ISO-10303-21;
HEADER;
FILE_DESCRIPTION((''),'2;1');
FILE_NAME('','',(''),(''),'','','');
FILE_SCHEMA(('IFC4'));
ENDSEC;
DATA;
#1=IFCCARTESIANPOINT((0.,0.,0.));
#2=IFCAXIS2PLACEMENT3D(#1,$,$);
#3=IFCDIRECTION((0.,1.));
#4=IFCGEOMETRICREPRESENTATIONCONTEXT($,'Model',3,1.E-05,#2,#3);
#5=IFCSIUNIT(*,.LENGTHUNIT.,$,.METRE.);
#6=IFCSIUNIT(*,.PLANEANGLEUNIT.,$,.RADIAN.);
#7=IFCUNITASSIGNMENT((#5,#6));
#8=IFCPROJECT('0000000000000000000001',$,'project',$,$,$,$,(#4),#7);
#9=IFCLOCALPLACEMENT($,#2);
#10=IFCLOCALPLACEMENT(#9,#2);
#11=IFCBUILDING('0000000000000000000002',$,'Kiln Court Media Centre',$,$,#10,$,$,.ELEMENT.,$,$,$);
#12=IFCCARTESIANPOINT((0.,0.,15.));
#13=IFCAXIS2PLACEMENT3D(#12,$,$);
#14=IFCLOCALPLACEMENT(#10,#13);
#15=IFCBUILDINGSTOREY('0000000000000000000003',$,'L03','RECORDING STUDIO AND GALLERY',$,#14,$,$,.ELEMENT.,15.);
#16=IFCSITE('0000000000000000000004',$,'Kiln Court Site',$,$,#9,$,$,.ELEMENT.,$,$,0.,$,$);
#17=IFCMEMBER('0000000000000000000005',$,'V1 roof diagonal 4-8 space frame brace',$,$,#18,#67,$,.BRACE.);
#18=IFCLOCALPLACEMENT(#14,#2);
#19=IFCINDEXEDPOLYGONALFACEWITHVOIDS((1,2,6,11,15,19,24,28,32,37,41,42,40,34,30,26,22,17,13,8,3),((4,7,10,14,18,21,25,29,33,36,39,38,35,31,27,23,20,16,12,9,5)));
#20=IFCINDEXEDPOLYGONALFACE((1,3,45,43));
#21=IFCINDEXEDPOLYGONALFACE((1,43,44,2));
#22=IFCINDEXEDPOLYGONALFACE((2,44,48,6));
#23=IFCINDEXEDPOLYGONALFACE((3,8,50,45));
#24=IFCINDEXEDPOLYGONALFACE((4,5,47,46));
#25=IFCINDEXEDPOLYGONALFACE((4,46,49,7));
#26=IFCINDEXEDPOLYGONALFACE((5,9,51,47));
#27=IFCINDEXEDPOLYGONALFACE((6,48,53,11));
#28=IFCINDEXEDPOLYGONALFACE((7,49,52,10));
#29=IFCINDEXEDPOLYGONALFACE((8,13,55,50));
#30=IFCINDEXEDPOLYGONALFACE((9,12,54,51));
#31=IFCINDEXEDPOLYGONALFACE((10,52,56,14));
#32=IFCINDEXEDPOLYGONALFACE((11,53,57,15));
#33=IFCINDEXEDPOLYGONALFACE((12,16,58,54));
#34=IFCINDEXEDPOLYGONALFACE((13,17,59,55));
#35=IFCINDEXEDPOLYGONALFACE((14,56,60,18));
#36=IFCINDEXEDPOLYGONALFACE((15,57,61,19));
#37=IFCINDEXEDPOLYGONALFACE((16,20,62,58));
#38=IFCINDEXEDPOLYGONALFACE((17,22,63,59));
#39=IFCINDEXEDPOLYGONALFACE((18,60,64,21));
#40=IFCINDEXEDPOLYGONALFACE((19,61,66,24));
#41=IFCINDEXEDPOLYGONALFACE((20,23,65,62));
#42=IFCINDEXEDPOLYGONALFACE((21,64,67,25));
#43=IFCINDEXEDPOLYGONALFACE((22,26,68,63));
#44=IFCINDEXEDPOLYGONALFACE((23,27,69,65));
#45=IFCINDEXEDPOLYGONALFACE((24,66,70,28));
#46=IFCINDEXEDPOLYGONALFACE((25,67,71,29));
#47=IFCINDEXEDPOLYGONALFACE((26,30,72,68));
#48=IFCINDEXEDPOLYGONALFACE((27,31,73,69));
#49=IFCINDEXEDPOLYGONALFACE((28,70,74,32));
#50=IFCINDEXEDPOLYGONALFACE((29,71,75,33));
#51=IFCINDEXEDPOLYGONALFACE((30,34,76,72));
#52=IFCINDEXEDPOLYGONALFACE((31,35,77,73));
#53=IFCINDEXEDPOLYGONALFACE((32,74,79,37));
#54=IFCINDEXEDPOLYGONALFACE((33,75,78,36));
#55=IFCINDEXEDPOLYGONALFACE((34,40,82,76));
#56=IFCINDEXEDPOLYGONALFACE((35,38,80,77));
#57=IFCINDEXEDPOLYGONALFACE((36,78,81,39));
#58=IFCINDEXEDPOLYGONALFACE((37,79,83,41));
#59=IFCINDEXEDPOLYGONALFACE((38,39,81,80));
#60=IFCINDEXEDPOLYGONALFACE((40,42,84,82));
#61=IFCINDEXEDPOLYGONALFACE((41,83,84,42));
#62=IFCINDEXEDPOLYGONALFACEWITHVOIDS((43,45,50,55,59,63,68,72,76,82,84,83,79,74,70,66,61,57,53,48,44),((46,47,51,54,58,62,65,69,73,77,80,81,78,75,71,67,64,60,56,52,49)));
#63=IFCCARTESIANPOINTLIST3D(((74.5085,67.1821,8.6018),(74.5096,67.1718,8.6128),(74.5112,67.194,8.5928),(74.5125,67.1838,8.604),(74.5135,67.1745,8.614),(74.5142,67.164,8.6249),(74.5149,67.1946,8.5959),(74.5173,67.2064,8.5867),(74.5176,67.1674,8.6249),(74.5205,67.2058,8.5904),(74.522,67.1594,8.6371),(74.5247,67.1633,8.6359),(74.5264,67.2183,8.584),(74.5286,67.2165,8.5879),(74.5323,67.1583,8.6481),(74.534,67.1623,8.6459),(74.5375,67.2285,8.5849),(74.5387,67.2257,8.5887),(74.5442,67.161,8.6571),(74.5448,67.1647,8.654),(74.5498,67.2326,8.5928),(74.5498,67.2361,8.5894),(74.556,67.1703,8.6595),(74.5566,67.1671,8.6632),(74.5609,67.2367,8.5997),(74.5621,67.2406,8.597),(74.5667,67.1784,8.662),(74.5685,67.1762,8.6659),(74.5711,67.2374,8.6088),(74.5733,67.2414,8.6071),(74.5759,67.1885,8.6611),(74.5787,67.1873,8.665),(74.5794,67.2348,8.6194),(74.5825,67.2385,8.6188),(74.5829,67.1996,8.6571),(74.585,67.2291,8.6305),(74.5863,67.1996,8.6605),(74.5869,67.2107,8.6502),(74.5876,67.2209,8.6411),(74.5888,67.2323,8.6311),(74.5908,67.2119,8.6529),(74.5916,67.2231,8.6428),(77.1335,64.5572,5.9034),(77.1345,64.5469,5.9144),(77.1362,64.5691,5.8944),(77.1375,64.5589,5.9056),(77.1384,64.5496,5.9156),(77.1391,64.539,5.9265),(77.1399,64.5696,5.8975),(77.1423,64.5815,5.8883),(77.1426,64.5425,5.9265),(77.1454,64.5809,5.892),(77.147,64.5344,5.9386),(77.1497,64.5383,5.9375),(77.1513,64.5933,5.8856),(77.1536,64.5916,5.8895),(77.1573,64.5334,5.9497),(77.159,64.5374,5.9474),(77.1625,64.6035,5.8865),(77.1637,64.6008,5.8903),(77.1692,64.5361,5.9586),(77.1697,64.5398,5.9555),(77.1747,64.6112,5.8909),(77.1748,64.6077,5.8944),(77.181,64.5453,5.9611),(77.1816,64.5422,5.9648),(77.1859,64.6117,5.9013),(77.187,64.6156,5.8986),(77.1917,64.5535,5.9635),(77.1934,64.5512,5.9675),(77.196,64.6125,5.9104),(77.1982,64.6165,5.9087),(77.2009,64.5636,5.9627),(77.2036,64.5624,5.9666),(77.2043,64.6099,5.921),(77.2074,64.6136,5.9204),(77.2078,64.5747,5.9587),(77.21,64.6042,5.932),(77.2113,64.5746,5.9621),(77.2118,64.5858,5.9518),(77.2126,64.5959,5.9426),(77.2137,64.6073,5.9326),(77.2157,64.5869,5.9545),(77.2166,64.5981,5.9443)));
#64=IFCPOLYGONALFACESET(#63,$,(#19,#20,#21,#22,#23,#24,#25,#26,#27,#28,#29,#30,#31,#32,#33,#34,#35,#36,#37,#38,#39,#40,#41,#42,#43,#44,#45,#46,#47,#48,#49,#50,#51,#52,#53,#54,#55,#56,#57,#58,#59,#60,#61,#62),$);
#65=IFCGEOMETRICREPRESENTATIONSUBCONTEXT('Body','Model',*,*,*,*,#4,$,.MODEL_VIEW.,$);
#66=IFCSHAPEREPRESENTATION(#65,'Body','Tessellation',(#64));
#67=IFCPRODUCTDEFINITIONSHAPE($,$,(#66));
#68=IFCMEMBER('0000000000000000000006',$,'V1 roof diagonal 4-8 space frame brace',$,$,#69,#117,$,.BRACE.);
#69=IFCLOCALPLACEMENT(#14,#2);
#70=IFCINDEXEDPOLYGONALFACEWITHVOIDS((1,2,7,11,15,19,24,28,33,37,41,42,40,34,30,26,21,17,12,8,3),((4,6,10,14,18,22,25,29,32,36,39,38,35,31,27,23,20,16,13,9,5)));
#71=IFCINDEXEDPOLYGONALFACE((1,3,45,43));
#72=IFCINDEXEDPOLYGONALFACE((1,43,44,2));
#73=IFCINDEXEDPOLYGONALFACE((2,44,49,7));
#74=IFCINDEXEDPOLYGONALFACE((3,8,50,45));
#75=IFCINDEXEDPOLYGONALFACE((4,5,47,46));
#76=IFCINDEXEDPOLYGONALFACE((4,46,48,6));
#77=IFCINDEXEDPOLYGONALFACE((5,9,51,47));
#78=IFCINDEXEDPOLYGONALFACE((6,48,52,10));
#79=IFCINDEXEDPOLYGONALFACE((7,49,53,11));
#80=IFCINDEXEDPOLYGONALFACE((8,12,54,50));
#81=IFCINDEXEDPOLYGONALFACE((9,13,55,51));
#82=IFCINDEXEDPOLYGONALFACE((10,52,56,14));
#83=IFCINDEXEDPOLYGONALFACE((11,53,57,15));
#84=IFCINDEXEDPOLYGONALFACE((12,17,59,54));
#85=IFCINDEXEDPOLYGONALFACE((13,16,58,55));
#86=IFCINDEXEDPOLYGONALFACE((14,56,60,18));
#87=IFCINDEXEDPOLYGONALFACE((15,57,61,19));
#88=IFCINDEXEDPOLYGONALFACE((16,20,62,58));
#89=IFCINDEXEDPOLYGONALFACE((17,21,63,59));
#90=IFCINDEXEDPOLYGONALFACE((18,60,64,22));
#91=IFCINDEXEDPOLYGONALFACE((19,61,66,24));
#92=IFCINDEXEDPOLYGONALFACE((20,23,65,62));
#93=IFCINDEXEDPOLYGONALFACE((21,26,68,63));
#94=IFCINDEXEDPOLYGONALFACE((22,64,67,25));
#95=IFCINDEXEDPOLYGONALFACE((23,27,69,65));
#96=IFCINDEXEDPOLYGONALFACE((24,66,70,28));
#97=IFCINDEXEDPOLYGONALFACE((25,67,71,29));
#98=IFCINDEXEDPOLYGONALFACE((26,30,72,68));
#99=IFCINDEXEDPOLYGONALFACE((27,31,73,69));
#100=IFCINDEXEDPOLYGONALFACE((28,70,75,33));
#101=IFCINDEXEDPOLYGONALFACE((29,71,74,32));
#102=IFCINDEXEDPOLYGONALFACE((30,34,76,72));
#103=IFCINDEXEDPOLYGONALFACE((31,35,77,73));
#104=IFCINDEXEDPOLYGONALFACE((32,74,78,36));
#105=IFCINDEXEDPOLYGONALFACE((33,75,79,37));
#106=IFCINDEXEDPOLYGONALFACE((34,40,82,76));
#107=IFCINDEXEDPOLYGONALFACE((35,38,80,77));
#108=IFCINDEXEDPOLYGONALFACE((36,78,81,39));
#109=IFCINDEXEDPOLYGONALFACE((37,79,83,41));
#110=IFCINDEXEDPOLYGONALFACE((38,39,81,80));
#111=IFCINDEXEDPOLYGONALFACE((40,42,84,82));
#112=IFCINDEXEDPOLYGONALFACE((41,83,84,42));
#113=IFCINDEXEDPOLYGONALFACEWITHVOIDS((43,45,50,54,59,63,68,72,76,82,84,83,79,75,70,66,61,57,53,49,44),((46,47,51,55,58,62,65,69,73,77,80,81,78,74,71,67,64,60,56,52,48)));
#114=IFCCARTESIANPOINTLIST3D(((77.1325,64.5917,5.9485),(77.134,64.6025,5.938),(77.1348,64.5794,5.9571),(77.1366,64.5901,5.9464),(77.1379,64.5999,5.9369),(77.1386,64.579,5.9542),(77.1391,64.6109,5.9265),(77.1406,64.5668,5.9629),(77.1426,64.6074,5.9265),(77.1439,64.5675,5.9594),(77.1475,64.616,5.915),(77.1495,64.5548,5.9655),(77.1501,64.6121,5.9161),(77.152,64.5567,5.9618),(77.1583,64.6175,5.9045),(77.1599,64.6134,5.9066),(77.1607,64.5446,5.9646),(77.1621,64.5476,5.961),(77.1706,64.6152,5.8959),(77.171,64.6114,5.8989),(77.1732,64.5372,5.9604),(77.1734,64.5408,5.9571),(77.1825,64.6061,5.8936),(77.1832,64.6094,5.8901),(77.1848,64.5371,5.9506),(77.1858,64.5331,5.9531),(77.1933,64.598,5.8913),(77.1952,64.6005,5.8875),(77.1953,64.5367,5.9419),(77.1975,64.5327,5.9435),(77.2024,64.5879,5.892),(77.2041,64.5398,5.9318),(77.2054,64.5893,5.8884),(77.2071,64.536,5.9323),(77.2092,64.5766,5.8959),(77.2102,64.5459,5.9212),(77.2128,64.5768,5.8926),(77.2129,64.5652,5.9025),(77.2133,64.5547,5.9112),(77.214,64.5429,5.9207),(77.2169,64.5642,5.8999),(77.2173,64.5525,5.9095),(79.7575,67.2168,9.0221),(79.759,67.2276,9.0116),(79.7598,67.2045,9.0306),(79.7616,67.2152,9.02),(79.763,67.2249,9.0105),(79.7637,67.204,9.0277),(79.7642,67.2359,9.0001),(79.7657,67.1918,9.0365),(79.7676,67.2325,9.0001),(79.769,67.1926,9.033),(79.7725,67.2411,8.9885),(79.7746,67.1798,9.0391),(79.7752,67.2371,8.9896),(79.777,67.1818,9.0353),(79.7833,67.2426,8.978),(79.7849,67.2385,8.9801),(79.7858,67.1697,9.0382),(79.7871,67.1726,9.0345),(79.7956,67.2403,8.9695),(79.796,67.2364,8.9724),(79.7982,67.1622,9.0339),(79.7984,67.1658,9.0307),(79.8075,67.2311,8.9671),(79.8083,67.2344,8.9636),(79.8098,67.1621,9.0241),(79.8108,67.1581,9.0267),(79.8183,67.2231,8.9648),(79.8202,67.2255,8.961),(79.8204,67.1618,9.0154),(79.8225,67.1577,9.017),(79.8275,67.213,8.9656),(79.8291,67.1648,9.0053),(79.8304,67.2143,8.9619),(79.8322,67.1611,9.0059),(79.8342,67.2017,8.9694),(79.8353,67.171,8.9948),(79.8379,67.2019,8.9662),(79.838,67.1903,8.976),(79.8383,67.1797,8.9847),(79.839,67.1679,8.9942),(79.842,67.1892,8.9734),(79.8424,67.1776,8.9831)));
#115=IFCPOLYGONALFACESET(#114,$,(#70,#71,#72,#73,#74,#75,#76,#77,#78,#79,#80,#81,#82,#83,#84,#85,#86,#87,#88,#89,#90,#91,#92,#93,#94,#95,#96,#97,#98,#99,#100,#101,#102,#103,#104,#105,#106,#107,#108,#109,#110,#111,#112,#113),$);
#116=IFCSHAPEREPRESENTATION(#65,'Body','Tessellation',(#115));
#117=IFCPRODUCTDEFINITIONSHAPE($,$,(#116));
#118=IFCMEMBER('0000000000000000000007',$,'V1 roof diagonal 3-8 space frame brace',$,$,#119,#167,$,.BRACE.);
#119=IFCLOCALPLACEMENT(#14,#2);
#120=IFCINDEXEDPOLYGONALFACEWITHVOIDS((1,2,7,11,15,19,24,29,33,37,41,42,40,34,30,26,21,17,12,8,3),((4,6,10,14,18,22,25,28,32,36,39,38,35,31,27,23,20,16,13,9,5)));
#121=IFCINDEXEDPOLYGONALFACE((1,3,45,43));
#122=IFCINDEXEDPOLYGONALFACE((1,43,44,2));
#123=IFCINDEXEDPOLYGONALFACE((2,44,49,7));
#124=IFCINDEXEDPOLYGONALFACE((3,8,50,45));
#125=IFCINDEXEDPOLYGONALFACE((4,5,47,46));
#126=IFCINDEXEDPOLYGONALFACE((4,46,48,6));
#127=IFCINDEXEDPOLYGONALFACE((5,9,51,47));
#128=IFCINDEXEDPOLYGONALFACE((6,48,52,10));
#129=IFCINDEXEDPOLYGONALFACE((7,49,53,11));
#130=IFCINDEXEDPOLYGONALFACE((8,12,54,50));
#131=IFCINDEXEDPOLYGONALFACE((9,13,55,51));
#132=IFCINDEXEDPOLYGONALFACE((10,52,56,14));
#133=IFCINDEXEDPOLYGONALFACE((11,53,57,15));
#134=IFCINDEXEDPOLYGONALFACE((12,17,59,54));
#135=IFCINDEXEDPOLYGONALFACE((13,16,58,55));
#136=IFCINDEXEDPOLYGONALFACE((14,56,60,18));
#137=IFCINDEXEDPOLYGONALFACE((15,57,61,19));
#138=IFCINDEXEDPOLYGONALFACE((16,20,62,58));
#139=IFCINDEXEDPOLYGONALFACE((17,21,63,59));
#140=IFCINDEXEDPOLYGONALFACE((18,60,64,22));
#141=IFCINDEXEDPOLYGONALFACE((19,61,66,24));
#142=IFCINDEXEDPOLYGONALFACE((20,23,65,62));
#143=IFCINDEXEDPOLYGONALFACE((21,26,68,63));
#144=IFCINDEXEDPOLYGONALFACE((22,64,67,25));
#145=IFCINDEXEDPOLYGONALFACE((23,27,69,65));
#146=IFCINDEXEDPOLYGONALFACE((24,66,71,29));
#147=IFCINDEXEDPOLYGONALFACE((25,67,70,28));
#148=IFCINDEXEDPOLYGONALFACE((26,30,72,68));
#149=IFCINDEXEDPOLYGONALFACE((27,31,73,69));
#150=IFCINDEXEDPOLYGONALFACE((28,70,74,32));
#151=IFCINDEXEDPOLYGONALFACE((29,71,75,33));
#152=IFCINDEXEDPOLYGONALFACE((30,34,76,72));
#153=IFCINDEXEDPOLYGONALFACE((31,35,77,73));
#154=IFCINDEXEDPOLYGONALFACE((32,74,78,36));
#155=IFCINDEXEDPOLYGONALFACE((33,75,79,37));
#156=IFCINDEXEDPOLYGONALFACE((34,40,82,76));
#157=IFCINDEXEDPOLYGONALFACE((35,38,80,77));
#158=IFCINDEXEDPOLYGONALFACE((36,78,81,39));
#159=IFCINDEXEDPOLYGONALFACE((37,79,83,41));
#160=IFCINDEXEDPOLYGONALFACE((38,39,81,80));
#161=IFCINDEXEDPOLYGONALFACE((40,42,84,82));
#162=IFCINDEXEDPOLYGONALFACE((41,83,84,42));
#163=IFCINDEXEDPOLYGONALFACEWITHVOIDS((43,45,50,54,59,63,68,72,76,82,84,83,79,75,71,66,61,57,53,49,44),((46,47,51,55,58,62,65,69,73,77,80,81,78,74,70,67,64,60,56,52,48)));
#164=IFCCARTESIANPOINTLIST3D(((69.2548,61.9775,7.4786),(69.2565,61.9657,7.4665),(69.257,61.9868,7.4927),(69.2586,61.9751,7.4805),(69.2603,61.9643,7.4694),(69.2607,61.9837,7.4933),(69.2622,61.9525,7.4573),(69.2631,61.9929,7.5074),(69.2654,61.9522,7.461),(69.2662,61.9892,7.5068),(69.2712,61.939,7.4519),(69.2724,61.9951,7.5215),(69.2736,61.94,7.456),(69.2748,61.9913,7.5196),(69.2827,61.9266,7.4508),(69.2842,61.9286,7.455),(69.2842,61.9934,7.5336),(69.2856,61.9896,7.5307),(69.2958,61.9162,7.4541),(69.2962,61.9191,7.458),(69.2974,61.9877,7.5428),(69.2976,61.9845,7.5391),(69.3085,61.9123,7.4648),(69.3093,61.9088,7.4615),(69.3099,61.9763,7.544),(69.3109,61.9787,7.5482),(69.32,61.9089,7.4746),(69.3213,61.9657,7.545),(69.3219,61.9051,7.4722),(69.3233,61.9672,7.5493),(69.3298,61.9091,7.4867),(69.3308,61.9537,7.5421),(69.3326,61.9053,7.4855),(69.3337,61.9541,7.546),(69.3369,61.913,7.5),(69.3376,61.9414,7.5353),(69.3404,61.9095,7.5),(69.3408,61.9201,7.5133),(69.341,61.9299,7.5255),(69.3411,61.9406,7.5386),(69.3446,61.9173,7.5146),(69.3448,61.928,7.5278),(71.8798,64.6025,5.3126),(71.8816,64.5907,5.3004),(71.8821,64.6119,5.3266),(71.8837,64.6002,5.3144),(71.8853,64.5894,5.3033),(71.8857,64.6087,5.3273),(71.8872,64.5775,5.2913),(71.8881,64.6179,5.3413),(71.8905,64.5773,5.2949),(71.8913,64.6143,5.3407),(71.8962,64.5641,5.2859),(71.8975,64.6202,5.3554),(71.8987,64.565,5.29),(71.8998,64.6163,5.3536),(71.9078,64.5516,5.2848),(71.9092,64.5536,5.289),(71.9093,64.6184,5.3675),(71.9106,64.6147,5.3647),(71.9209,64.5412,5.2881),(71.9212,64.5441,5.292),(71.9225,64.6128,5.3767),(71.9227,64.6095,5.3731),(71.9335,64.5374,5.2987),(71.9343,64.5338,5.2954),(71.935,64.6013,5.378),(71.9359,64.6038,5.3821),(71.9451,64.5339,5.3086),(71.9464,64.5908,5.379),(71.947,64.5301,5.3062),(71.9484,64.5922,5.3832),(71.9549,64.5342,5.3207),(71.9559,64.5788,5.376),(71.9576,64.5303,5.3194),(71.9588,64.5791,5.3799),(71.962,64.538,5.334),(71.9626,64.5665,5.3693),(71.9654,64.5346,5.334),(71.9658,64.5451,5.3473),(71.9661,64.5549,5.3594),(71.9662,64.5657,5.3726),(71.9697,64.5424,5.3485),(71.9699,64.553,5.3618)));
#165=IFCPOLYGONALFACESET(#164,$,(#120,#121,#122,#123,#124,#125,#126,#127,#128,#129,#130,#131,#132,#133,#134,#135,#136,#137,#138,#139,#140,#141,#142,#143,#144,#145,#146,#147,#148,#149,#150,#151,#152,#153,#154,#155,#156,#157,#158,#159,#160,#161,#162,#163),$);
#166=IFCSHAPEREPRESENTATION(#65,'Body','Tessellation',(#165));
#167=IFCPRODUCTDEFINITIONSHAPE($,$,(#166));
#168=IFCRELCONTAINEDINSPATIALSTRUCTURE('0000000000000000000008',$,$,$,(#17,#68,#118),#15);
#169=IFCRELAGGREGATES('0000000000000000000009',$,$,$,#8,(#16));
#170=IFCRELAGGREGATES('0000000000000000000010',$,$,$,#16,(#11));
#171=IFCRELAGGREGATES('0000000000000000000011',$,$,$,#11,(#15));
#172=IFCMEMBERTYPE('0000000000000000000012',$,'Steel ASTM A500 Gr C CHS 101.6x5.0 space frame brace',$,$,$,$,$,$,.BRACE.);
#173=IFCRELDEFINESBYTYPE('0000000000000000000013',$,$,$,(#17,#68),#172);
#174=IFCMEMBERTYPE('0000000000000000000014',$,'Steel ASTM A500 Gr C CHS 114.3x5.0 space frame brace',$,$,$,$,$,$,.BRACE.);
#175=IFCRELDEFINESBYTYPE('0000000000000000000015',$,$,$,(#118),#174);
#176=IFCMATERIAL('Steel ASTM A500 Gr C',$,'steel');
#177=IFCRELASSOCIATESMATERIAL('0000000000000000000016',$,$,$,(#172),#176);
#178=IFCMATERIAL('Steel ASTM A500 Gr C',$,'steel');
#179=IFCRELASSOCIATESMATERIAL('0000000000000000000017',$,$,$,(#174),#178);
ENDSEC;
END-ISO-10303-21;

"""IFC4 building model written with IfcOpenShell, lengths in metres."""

from ifc_helpers import new_model, si_unit, direction, frame, origin, origin_2d, place, context, subcontext, project, spatial, hollow_circle, extrude, material, material_profile, profile_set, type_object, element, save


model = new_model("IFC4")

# Units and contexts
model_context = context("Model", 3, precision=1e-05, world=origin(), true_north=direction((0.0, 1.0)))
body_context = subcontext(model_context, "Body", "Model", "MODEL_VIEW")
ifc_project = project(units=[si_unit("LENGTHUNIT", "METRE"), si_unit("PLANEANGLEUNIT", "RADIAN")], contexts=[model_context])

# Site, building, storey
site_placement = place(None, origin())
site = spatial("IfcSite", under=ifc_project, at=site_placement, Name="Kiln Court Site", CompositionType="ELEMENT", RefElevation=0.0)
building_placement = place(site_placement, origin())
building = spatial("IfcBuilding", under=site, at=building_placement, Name="Kiln Court Media Centre", CompositionType="ELEMENT")
storey_placement = place(building_placement, frame((0.0, 0.0, 15.0)))
storey = spatial("IfcBuildingStorey", under=building, at=storey_placement, Name="L03", Description="RECORDING STUDIO AND GALLERY", CompositionType="ELEMENT", Elevation=15.0)

# Members
ifc_material_1 = material(Name="Steel ASTM A500 Gr C", Category="steel")
ifc_material_profile_1 = material_profile(ifc_material_1, hollow_circle(Radius=0.0508, WallThickness=0.0049, at=origin_2d()), Name="CHS 101.6x5.0")
ifc_profile_set_1 = profile_set([ifc_material_profile_1], Name="Steel ASTM A500 Gr C")
member_type_1 = type_object("IfcMemberType", Name="Steel ASTM A500 Gr C CHS 101.6x5.0 space frame brace", PredefinedType="BRACE", material=ifc_profile_set_1)
member_1_placement = place(storey_placement, frame((77.175, 64.575, 5.9265), z_axis=(-0.571964, 0.571964, 0.587976), x_axis=(-0.707107, -0.707107, 0.0)))
element("IfcMember", 1, at=member_1_placement, inside=storey, type_object=member_type_1, Name="V1 roof diagonal 4-8 space frame brace", PredefinedType="BRACE", context=body_context, shape_type="SweptSolid", body=[
    extrude(hollow_circle(Radius=0.0508, WallThickness=0.0049, at=origin_2d()), origin(), (0.0, 0.0, 1.0), 4.5894),
])
member_2_placement = place(storey_placement, frame((77.175, 64.575, 5.9265), z_axis=(0.544662, 0.544662, 0.637719), x_axis=(-0.707107, 0.707107, 0.0)))
element("IfcMember", 2, at=member_2_placement, inside=storey, type_object=member_type_1, Name="V1 roof diagonal 4-8 space frame brace", PredefinedType="BRACE", context=body_context, shape_type="SweptSolid", body=[
    extrude(hollow_circle(Radius=0.0508, WallThickness=0.0049, at=origin_2d()), origin(), (0.0, 0.0, 1.0), 4.8196),
])
ifc_material_2 = material(Name="Steel ASTM A500 Gr C", Category="steel")
ifc_material_profile_2 = material_profile(ifc_material_2, hollow_circle(Radius=0.0571, WallThickness=0.0049, at=origin_2d()), Name="CHS 114.3x5.0")
ifc_profile_set_2 = profile_set([ifc_material_profile_2], Name="Steel ASTM A500 Gr C")
member_type_2 = type_object("IfcMemberType", Name="Steel ASTM A500 Gr C CHS 114.3x5.0 space frame brace", PredefinedType="BRACE", material=ifc_profile_set_2)
member_3_placement = place(storey_placement, frame((71.925, 64.575, 5.334), z_axis=(-0.610748, -0.610748, 0.503958), x_axis=(0.707107, -0.707107, 0.0)))
element("IfcMember", 3, at=member_3_placement, inside=storey, type_object=member_type_2, Name="V1 roof diagonal 3-8 space frame brace", PredefinedType="BRACE", context=body_context, shape_type="SweptSolid", body=[
    extrude(hollow_circle(Radius=0.0571, WallThickness=0.0049, at=origin_2d()), origin(), (0.0, 0.0, 1.0), 4.2981),
])

save(model, "model.ifc")
